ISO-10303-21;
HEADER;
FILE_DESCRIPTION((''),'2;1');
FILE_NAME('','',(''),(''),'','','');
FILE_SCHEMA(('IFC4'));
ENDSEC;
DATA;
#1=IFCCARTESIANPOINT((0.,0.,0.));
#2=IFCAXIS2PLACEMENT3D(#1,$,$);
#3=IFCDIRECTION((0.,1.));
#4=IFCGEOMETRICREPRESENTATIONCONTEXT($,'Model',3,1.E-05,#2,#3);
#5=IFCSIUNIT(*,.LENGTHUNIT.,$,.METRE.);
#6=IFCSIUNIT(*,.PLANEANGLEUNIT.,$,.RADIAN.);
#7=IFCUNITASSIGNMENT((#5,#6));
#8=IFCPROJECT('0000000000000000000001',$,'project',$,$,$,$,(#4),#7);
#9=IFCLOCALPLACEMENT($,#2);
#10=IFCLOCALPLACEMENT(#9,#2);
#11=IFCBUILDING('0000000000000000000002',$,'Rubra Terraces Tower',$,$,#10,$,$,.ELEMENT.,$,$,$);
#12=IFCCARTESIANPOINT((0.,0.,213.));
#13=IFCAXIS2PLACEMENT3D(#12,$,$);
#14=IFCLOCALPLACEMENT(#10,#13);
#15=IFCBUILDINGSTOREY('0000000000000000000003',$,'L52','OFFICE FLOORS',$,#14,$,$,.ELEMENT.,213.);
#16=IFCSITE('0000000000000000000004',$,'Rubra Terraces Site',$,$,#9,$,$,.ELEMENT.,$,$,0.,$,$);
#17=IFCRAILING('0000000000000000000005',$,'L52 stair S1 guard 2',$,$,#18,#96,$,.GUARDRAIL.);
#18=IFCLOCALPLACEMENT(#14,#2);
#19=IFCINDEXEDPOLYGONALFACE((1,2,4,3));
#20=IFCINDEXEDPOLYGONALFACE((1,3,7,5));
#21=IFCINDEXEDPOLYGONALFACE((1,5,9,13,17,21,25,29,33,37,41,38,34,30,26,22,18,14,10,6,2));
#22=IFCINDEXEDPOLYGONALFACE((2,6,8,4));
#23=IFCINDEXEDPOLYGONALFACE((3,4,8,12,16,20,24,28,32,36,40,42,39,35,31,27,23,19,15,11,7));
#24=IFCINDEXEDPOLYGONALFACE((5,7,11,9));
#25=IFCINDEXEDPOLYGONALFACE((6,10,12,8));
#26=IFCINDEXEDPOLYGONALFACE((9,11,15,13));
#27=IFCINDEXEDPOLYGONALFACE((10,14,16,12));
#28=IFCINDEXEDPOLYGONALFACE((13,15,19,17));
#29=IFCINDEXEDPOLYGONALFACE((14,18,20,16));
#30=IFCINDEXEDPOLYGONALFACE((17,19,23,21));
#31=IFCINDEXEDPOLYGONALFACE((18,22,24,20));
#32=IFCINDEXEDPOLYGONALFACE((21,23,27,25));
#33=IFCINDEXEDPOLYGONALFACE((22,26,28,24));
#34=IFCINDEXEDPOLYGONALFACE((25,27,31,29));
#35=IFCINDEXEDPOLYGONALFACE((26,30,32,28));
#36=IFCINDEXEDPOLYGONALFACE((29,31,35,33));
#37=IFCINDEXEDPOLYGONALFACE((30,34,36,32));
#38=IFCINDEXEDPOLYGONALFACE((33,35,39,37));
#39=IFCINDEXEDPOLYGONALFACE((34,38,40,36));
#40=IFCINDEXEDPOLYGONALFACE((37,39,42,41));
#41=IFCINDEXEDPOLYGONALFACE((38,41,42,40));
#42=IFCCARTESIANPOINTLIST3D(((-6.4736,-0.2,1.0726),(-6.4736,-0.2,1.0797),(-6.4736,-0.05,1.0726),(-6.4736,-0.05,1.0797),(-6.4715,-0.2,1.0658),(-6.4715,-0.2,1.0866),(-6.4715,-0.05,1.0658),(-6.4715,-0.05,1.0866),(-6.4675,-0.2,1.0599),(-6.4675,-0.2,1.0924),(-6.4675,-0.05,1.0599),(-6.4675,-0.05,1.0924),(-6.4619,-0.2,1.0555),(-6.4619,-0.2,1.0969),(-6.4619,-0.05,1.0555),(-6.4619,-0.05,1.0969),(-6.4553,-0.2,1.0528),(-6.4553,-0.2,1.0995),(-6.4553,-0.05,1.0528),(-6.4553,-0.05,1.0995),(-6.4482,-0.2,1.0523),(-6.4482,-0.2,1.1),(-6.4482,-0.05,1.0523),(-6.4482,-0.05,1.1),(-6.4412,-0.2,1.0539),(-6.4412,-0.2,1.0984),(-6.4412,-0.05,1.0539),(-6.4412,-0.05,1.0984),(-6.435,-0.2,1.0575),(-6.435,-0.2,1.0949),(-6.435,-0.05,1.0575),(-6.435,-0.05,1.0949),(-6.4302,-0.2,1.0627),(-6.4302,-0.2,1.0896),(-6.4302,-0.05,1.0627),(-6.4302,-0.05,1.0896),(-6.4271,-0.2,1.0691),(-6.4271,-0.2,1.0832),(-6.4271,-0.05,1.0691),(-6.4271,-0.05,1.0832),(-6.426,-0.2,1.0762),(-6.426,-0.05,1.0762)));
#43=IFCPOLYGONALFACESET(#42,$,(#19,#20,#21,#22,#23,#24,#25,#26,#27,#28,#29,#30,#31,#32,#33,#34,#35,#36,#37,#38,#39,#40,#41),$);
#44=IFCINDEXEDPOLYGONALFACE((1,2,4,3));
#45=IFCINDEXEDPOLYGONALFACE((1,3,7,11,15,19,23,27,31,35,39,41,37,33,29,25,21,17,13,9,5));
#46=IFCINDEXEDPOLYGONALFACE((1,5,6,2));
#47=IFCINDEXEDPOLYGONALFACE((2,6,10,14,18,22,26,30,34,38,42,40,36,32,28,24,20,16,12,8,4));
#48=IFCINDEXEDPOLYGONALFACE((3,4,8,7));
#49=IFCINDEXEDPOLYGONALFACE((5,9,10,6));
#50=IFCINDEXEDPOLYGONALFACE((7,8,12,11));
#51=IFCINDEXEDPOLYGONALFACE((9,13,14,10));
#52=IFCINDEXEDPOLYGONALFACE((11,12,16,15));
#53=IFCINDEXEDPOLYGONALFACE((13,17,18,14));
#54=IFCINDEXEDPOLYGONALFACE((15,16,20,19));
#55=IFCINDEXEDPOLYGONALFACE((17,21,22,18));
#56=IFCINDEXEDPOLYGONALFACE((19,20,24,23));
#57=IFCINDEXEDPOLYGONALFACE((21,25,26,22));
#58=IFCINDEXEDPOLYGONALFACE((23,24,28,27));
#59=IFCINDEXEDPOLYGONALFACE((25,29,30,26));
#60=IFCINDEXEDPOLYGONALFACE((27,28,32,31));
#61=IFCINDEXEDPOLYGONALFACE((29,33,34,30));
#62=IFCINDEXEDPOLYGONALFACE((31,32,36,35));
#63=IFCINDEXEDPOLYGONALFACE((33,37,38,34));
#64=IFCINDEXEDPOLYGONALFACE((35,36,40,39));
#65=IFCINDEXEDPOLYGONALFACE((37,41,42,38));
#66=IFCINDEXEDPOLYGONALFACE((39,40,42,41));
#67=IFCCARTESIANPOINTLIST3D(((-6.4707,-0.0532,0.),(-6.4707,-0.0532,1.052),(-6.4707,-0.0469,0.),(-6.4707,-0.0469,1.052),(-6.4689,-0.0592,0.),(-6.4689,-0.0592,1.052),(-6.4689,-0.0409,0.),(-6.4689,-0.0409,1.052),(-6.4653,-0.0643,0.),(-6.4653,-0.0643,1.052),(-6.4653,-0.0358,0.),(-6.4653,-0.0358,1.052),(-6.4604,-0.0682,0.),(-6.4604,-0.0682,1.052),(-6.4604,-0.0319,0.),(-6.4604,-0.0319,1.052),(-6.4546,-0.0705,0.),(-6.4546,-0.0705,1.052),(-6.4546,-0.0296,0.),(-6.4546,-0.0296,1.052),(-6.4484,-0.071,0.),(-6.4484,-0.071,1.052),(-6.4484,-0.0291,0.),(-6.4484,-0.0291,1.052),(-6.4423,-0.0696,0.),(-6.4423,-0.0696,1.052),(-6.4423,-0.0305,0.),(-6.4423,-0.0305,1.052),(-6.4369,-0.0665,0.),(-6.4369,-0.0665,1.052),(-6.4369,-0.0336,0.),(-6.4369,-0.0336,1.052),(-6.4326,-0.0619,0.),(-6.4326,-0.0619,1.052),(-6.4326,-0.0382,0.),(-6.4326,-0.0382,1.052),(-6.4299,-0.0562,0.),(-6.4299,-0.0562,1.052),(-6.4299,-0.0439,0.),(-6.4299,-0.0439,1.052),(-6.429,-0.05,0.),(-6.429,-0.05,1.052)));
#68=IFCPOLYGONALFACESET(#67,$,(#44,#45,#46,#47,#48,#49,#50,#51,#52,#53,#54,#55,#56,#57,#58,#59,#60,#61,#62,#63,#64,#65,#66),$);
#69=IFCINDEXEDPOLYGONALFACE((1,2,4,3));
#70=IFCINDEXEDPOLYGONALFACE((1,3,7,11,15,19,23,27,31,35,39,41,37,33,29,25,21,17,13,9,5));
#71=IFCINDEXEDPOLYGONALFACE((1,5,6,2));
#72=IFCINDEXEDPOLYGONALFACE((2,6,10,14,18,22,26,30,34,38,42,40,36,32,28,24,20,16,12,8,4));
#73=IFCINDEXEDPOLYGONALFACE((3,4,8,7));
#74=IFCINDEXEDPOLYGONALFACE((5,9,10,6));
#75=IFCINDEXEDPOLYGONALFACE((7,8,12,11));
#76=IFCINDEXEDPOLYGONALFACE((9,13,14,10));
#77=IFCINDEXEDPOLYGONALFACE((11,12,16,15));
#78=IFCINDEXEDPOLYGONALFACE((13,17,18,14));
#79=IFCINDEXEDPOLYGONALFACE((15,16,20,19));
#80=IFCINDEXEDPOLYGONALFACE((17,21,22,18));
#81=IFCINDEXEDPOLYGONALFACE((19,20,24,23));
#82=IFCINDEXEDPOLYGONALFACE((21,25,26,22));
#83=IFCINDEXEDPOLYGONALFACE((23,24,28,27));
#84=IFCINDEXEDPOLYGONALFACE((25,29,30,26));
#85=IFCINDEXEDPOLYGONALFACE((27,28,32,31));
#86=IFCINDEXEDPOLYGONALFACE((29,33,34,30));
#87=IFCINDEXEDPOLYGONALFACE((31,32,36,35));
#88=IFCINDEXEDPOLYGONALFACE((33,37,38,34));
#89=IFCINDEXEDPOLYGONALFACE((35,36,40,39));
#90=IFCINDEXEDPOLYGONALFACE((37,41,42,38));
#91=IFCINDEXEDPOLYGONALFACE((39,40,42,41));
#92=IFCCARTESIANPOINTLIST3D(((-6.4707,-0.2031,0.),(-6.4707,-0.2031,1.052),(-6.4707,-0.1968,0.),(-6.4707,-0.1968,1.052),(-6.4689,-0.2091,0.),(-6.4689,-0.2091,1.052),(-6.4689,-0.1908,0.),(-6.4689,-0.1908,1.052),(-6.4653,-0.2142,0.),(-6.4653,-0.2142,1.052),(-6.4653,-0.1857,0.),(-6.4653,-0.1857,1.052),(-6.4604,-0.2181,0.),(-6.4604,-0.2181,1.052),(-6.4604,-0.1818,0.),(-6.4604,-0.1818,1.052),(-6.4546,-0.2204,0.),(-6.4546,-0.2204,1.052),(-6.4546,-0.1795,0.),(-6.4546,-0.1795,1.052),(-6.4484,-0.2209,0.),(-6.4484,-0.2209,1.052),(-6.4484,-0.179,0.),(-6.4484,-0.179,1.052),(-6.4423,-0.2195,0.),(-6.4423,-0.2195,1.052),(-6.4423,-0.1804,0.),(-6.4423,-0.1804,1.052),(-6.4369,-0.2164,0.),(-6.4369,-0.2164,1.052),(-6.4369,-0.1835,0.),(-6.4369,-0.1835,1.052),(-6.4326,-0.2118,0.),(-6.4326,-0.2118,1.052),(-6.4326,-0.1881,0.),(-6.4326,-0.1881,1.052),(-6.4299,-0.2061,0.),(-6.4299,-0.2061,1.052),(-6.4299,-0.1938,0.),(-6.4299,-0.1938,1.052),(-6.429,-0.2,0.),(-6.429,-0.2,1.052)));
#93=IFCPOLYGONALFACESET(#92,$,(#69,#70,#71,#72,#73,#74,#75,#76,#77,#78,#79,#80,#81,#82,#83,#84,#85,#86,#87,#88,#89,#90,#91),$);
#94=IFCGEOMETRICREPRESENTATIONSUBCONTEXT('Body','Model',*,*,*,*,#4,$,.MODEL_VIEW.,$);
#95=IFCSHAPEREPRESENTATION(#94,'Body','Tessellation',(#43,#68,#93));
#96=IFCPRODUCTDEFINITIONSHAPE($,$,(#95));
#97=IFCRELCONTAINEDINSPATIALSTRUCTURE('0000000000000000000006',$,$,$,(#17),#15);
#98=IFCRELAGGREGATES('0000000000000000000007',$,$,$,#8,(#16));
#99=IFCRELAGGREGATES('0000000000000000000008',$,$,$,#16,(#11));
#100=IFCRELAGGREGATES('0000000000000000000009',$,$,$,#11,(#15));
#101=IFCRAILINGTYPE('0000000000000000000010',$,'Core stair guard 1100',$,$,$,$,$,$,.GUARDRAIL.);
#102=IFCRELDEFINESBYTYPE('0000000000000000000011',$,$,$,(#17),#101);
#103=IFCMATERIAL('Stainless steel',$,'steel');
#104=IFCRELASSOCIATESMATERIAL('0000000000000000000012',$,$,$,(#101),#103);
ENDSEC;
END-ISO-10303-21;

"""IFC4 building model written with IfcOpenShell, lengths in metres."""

from ifc_helpers import new_model, si_unit, direction, frame, origin, origin_2d, place, context, subcontext, project, spatial, circle, extrude, material, type_object, element, save


model = new_model("IFC4")

# Units and contexts
model_context = context("Model", 3, precision=1e-05, world=origin(), true_north=direction((0.0, 1.0)))
body_context = subcontext(model_context, "Body", "Model", "MODEL_VIEW")
ifc_project = project(units=[si_unit("LENGTHUNIT", "METRE"), si_unit("PLANEANGLEUNIT", "RADIAN")], contexts=[model_context])

# Site, building, storey
site_placement = place(None, origin())
site = spatial("IfcSite", under=ifc_project, at=site_placement, Name="Rubra Terraces Site", CompositionType="ELEMENT", RefElevation=0.0)
building_placement = place(site_placement, origin())
building = spatial("IfcBuilding", under=site, at=building_placement, Name="Rubra Terraces Tower", CompositionType="ELEMENT")
storey_placement = place(building_placement, frame((0.0, 0.0, 213.0)))
storey = spatial("IfcBuildingStorey", under=building, at=storey_placement, Name="L52", Description="OFFICE FLOORS", CompositionType="ELEMENT", Elevation=213.0)

# Railing
ifc_material_1 = material(Name="Stainless steel", Category="steel")
railing_type = type_object("IfcRailingType", Name="Core stair guard 1100", PredefinedType="GUARDRAIL", material=ifc_material_1)
railing_1_placement = place(storey_placement, frame((-6.45, -0.05, 0.0)))
element("IfcRailing", 1, at=railing_1_placement, inside=storey, type_object=railing_type, Name="L52 stair S1 guard 2", PredefinedType="GUARDRAIL", context=body_context, shape_type="SweptSolid", body=[
    extrude(circle(Radius=0.0239, at=origin_2d()), frame((0.0, 0.0, 1.0762), z_axis=(0.0, -1.0, 0.0), x_axis=(1.0, 0.0, 0.0)), (0.0, 0.0, 1.0), 0.1499),
    extrude(circle(Radius=0.021, at=origin_2d()), origin(), (0.0, 0.0, 1.0), 1.052),
    extrude(circle(Radius=0.021, at=origin_2d()), frame((0.0, -0.1499, 0.0)), (0.0, 0.0, 1.0), 1.052),
])

save(model, "model.ifc")
